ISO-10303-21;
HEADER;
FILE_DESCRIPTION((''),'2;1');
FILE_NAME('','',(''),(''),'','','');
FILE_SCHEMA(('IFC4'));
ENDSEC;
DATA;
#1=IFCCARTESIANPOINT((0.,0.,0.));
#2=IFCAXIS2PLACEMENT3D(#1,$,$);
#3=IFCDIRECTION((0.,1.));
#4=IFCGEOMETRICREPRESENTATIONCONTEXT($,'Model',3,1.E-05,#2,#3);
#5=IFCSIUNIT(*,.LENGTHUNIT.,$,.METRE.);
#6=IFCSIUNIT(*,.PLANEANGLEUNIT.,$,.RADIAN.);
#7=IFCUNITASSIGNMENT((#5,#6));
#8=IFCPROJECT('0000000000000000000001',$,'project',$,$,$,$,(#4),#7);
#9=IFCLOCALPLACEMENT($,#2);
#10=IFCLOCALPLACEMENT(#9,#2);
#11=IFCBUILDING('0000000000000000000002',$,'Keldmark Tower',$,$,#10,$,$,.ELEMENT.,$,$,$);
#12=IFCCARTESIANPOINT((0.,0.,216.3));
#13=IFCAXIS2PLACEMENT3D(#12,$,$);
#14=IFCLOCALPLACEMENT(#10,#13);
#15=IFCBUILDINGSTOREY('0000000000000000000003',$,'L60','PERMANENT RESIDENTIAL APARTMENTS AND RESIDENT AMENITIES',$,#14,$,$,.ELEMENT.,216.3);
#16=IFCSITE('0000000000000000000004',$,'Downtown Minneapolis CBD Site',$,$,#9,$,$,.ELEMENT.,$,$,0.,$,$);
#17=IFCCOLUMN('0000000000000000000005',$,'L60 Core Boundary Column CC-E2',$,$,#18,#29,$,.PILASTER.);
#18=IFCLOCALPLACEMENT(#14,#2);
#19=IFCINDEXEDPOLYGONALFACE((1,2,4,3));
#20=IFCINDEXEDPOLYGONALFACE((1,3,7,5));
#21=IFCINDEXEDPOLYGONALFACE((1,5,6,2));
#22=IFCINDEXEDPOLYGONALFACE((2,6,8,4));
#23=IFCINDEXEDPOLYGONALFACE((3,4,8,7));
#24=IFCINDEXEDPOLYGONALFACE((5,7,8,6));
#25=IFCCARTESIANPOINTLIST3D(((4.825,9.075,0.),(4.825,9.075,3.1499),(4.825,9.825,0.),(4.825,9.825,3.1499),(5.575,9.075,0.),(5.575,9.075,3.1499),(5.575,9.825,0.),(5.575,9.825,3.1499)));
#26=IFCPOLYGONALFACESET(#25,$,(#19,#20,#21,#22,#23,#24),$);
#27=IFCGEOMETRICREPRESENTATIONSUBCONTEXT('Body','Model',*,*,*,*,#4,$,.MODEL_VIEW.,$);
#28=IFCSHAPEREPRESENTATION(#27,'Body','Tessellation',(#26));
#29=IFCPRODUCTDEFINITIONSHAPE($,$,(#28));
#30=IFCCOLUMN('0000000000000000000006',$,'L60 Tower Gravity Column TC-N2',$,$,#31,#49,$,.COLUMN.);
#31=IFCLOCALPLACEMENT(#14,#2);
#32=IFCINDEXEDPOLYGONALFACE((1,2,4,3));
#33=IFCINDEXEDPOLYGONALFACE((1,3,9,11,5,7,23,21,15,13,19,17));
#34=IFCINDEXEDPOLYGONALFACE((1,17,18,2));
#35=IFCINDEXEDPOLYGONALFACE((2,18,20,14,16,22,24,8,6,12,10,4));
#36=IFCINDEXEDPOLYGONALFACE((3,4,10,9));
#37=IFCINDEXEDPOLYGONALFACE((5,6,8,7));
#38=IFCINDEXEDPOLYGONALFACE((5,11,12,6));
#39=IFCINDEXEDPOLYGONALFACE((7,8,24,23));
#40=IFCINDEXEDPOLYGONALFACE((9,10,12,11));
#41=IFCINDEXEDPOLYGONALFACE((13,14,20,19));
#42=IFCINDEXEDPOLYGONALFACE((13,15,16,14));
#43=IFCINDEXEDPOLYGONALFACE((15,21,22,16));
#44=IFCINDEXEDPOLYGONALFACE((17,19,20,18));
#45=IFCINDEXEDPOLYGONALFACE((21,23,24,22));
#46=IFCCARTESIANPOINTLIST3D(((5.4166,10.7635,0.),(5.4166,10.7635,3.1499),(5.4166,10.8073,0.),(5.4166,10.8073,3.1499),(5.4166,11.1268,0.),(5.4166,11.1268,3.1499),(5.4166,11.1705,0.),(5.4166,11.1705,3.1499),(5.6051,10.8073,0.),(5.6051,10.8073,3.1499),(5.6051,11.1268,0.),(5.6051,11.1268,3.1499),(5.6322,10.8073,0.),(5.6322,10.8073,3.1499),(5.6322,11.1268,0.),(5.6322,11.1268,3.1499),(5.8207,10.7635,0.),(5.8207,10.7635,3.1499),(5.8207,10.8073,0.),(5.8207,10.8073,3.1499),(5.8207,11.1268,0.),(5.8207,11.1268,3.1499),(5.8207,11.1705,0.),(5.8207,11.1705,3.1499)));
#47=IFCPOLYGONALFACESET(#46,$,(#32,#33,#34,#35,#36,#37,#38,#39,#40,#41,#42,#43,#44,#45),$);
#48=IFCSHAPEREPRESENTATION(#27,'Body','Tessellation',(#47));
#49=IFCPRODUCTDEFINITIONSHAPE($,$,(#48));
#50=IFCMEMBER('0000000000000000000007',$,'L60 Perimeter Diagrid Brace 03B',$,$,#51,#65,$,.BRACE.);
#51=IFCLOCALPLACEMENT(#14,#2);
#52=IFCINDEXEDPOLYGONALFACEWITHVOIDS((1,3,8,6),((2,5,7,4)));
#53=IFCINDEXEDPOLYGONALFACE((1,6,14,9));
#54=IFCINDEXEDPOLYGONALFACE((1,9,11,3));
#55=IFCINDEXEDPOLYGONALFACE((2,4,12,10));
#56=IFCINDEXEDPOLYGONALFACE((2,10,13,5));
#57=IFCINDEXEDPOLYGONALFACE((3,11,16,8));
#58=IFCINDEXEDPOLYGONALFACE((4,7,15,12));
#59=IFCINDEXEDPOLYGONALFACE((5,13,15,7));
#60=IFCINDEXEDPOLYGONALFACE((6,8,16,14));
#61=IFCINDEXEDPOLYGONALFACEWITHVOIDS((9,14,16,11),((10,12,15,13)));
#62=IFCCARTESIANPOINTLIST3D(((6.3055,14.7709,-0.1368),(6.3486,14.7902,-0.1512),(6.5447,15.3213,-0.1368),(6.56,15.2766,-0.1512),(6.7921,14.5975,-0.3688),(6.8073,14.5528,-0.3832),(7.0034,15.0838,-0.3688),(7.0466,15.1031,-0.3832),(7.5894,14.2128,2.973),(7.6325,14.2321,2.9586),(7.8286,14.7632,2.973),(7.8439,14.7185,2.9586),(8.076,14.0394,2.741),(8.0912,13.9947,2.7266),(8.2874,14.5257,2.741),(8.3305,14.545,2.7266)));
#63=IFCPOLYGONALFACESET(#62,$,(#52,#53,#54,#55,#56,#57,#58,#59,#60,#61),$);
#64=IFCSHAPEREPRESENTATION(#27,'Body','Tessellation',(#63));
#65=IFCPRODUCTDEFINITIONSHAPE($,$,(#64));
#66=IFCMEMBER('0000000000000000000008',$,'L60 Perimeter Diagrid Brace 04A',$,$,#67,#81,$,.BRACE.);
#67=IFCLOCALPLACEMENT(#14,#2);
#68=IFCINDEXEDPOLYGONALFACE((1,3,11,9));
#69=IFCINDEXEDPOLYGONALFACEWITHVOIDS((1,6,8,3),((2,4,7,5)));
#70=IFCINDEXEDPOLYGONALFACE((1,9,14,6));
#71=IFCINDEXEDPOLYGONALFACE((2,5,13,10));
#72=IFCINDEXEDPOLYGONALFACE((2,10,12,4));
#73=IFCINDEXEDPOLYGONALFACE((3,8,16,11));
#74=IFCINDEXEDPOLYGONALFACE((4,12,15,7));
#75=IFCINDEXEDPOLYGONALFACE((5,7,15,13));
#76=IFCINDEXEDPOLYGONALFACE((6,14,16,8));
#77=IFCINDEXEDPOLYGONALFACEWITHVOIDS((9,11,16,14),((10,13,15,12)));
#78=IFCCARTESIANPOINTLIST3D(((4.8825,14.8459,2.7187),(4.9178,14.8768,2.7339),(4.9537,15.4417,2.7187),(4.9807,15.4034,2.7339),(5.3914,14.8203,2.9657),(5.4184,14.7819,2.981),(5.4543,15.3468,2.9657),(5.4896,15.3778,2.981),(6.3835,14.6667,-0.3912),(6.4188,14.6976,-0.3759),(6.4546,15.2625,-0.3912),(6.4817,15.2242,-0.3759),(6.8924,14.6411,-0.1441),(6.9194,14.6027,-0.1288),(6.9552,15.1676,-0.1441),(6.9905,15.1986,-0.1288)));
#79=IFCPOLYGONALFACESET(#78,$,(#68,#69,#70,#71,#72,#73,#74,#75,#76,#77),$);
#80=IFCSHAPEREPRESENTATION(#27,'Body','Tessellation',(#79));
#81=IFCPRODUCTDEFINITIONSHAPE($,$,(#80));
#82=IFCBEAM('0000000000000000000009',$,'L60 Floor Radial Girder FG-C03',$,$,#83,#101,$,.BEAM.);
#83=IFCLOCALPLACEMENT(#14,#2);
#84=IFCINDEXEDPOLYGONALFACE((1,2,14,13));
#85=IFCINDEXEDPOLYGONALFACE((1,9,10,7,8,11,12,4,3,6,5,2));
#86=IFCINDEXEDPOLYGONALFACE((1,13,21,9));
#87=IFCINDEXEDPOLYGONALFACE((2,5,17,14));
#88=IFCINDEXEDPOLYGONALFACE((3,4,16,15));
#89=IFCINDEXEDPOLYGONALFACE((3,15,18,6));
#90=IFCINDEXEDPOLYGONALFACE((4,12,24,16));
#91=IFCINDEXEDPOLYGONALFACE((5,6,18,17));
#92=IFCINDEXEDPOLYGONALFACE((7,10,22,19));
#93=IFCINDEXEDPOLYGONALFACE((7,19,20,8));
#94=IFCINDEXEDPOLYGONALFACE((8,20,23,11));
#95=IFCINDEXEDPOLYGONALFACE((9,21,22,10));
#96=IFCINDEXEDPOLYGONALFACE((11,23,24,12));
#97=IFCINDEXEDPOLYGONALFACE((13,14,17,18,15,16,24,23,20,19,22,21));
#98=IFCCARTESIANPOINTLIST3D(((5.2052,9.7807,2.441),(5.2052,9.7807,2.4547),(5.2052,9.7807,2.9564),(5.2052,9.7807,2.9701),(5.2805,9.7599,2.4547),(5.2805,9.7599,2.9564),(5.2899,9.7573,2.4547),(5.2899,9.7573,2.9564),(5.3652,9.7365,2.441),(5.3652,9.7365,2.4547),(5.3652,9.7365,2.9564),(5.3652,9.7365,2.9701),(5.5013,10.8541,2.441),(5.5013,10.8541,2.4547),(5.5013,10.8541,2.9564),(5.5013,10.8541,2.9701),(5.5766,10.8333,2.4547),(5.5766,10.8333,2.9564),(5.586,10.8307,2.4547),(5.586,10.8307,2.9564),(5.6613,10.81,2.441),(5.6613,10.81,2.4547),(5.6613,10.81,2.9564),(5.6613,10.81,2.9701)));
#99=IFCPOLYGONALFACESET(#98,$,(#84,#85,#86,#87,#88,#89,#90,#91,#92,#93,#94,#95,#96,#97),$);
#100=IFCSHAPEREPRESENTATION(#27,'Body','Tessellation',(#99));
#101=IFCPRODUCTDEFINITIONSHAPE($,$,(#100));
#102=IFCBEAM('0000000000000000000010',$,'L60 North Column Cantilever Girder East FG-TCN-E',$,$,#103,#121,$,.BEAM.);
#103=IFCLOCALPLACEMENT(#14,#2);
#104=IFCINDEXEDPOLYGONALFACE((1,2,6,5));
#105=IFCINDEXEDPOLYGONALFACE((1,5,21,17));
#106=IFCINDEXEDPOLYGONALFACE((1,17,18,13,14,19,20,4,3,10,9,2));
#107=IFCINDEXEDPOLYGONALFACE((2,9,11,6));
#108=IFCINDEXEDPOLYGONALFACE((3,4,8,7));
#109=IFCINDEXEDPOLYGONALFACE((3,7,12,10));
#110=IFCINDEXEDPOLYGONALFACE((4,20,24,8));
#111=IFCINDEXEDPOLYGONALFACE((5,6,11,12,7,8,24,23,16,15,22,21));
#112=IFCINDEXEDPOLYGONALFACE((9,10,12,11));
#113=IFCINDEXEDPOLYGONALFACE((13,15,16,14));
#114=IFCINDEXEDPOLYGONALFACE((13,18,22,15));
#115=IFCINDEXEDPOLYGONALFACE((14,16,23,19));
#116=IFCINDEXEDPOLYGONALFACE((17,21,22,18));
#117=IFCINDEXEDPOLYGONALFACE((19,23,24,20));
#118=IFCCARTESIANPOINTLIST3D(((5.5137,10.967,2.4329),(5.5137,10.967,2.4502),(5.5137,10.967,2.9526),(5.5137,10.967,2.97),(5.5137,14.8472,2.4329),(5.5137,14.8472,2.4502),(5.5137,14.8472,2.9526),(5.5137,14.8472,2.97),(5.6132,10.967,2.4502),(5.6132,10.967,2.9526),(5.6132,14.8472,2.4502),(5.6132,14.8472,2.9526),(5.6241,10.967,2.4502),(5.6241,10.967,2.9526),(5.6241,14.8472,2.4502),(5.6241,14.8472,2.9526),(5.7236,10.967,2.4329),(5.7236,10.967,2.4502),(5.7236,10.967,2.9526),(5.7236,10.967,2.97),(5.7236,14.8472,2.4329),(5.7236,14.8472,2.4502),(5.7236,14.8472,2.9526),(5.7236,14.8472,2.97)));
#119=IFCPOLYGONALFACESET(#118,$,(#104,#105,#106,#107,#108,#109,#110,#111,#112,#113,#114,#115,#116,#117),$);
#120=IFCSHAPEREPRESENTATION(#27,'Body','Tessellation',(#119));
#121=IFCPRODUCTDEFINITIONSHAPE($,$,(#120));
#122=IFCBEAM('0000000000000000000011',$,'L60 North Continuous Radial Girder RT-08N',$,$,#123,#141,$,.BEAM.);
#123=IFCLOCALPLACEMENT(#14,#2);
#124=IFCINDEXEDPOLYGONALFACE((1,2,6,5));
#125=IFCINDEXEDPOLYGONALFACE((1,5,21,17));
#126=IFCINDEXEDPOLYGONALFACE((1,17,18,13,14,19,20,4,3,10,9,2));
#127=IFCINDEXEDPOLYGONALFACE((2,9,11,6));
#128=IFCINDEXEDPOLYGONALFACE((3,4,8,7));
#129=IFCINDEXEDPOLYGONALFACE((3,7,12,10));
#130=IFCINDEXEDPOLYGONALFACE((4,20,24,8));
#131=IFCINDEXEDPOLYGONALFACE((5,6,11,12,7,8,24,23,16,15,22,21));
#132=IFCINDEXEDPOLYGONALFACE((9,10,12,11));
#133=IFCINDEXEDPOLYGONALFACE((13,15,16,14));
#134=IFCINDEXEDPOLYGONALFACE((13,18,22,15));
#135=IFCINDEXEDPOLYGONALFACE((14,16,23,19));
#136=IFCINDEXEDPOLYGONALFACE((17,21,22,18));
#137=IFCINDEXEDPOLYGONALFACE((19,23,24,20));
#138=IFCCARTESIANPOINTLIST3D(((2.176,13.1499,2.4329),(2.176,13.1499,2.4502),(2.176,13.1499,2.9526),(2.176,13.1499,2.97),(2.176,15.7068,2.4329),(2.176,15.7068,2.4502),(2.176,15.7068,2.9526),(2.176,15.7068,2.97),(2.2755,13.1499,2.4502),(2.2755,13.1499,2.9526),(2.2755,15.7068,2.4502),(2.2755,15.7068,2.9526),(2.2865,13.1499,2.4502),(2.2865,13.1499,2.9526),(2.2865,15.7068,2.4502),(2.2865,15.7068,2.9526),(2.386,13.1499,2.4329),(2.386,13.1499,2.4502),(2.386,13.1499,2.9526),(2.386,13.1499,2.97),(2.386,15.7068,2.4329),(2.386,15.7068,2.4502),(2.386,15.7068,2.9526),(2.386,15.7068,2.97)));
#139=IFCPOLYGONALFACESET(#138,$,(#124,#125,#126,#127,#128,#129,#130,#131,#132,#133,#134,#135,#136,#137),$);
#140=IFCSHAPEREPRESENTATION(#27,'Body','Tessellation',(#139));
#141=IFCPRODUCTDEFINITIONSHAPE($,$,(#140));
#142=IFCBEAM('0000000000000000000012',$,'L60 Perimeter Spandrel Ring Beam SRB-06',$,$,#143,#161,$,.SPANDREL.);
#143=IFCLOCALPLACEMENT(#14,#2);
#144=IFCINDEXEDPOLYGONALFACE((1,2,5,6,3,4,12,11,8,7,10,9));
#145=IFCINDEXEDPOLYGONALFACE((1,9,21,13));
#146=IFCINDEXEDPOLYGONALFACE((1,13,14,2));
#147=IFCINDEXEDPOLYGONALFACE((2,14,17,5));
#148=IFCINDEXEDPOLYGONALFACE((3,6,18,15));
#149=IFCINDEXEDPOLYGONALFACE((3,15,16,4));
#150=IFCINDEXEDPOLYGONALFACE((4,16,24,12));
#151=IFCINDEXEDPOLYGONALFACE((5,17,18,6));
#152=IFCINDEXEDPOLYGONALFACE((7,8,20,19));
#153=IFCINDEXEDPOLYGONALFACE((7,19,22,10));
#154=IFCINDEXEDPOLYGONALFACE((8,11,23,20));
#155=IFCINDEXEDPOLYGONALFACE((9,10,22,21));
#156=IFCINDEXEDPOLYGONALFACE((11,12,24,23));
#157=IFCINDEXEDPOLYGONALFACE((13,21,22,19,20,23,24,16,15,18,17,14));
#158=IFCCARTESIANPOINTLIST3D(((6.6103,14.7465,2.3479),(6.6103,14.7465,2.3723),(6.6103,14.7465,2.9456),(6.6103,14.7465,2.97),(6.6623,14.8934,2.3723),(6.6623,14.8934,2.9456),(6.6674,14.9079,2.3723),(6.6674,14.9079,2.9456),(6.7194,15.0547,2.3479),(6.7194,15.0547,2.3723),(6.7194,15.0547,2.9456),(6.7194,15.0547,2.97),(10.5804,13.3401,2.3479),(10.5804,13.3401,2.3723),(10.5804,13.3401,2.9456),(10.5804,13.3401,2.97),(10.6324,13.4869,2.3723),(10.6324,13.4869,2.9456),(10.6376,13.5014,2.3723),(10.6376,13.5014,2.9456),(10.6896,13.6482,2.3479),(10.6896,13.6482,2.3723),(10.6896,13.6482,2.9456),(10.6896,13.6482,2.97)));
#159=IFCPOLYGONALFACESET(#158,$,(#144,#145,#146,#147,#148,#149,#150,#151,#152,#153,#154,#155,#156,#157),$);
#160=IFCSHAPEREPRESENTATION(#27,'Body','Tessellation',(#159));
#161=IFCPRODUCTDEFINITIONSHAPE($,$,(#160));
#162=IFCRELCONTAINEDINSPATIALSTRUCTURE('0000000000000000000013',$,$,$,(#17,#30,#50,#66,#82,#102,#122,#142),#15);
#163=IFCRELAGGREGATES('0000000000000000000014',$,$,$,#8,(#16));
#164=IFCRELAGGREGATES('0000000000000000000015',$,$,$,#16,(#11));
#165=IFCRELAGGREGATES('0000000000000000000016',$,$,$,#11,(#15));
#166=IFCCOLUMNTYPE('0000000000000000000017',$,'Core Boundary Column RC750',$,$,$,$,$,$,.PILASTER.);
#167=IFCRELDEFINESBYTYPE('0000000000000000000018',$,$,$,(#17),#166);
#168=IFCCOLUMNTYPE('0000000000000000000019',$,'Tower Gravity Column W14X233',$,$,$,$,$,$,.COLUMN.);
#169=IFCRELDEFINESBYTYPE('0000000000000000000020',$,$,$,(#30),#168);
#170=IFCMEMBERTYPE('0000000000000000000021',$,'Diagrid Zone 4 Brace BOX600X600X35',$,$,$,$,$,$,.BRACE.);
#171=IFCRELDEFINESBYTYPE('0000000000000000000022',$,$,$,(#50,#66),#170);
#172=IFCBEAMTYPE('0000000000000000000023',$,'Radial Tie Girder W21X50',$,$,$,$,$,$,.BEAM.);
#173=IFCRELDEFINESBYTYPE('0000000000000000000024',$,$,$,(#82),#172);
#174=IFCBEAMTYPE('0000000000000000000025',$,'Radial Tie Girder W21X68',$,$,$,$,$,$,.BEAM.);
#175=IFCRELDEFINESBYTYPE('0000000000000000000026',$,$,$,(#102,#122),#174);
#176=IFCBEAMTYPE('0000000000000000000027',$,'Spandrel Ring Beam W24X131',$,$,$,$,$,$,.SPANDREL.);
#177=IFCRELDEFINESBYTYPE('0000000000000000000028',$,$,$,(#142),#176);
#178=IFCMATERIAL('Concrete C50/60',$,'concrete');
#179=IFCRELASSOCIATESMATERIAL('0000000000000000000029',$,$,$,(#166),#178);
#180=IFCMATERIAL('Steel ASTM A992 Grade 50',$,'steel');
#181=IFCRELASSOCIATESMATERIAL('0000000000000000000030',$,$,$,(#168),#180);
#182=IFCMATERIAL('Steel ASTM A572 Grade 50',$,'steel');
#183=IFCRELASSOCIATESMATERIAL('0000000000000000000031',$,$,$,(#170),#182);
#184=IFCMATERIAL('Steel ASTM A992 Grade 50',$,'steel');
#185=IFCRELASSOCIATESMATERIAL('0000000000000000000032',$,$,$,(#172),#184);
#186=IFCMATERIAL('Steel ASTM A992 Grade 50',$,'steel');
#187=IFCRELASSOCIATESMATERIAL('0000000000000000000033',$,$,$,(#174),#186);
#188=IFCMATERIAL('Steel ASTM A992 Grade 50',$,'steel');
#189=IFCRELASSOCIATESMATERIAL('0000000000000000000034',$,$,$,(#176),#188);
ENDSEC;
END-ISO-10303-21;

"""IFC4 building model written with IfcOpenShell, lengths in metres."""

from ifc_helpers import new_model, si_unit, direction, frame, origin, origin_2d, place, context, subcontext, project, spatial, rectangle, hollow_rectangle, i_section, extrude, material, material_profile, profile_set, type_object, element, save


model = new_model("IFC4")

# Units and contexts
model_context = context("Model", 3, precision=1e-05, world=origin(), true_north=direction((0.0, 1.0)))
body_context = subcontext(model_context, "Body", "Model", "MODEL_VIEW")
ifc_project = project(units=[si_unit("LENGTHUNIT", "METRE"), si_unit("PLANEANGLEUNIT", "RADIAN")], contexts=[model_context])

# Site, building, storey
site_placement = place(None, origin())
site = spatial("IfcSite", under=ifc_project, at=site_placement, Name="Downtown Minneapolis CBD Site", CompositionType="ELEMENT", RefElevation=0.0)
building_placement = place(site_placement, origin())
building = spatial("IfcBuilding", under=site, at=building_placement, Name="Keldmark Tower", CompositionType="ELEMENT")
storey_placement = place(building_placement, frame((0.0, 0.0, 216.3)))
storey = spatial("IfcBuildingStorey", under=building, at=storey_placement, Name="L60", Description="PERMANENT RESIDENTIAL APARTMENTS AND RESIDENT AMENITIES", CompositionType="ELEMENT", Elevation=216.3)

# Columns
ifc_material_1 = material(Name="Concrete C50/60", Category="concrete")
ifc_material_profile_1 = material_profile(ifc_material_1, rectangle(XDim=0.75, YDim=0.75, at=origin_2d()), Name="RC750X750")
ifc_profile_set_1 = profile_set([ifc_material_profile_1], Name="Concrete C50/60")
column_type_1 = type_object("IfcColumnType", Name="Core Boundary Column RC750", PredefinedType="PILASTER", material=ifc_profile_set_1)
column_1_placement = place(storey_placement, frame((5.2, 9.45, 0.0), z_axis=(0.0, 0.0, 1.0), x_axis=(1.0, 0.0, 0.0)))
element("IfcColumn", 1, at=column_1_placement, inside=storey, type_object=column_type_1, Name="L60 Core Boundary Column CC-E2", PredefinedType="PILASTER", context=body_context, shape_type="SweptSolid", body=[
    extrude(rectangle(XDim=0.75, YDim=0.75, at=origin_2d()), origin(), (0.0, 0.0, 1.0), 3.1499),
])
ifc_material_2 = material(Name="Steel ASTM A992 Grade 50", Category="steel")
ifc_material_profile_2 = material_profile(ifc_material_2, i_section(OverallWidth=0.4041, OverallDepth=0.407, WebThickness=0.0271, FlangeThickness=0.0437, at=origin_2d()), Name="W14X233")
ifc_profile_set_2 = profile_set([ifc_material_profile_2], Name="Steel ASTM A992 Grade 50")
column_type_2 = type_object("IfcColumnType", Name="Tower Gravity Column W14X233", PredefinedType="COLUMN", material=ifc_profile_set_2)
column_2_placement = place(storey_placement, frame((5.6187, 10.967, 0.0), z_axis=(0.0, 0.0, 1.0), x_axis=(1.0, 0.0, 0.0)))
element("IfcColumn", 2, at=column_2_placement, inside=storey, type_object=column_type_2, Name="L60 Tower Gravity Column TC-N2", PredefinedType="COLUMN", context=body_context, shape_type="SweptSolid", body=[
    extrude(i_section(OverallWidth=0.4041, OverallDepth=0.407, WebThickness=0.0271, FlangeThickness=0.0437, at=origin_2d()), origin(), (0.0, 0.0, 1.0), 3.1499),
])

# Members
ifc_material_3 = material(Name="Steel ASTM A572 Grade 50", Category="steel")
ifc_material_profile_3 = material_profile(ifc_material_3, hollow_rectangle(XDim=0.6001, YDim=0.6001, WallThickness=0.0349, at=origin_2d()), Name="BOX600X600X35")
ifc_profile_set_3 = profile_set([ifc_material_profile_3], Name="Steel ASTM A572 Grade 50")
member_type = type_object("IfcMemberType", Name="Diagrid Zone 4 Brace BOX600X600X35", PredefinedType="BRACE", material=ifc_profile_set_3)
member_1_placement = place(storey_placement, frame((6.676, 14.937, -0.26), z_axis=(0.37647, -0.163645, 0.911861), x_axis=(0.39865, 0.917103, 0.0)))
element("IfcMember", 3, at=member_1_placement, inside=storey, type_object=member_type, Name="L60 Perimeter Diagrid Brace 03B", PredefinedType="BRACE", context=body_context, shape_type="SweptSolid", body=[
    extrude(hollow_rectangle(XDim=0.6001, YDim=0.6001, WallThickness=0.0349, at=origin_2d()), origin(), (0.0, 0.0, 1.0), 3.4104),
])
member_2_placement = place(storey_placement, frame((6.687, 14.9326, -0.26), z_axis=(-0.434086, 0.051825, 0.89938), x_axis=(-0.118547, -0.992948, 0.0)))
element("IfcMember", 4, at=member_2_placement, inside=storey, type_object=member_type, Name="L60 Perimeter Diagrid Brace 04A", PredefinedType="BRACE", context=body_context, shape_type="SweptSolid", body=[
    extrude(hollow_rectangle(XDim=0.6001, YDim=0.6001, WallThickness=0.0349, at=origin_2d()), origin(), (0.0, 0.0, 1.0), 3.4578),
])

# Beams
ifc_material_4 = material(Name="Steel ASTM A992 Grade 50", Category="steel")
ifc_material_profile_4 = material_profile(ifc_material_4, i_section(OverallWidth=0.166, OverallDepth=0.5291, WebThickness=0.0098, FlangeThickness=0.0137, at=origin_2d()), Name="W21X50")
ifc_profile_set_4 = profile_set([ifc_material_profile_4], Name="Steel ASTM A992 Grade 50")
beam_type_1 = type_object("IfcBeamType", Name="Radial Tie Girder W21X50", PredefinedType="BEAM", material=ifc_profile_set_4)
beam_1_placement = place(storey_placement, frame((5.5813, 10.832, 2.7056), z_axis=(-0.265936, -0.963991, 0.0), x_axis=(0.963991, -0.265936, 0.0)))
element("IfcBeam", 5, at=beam_1_placement, inside=storey, type_object=beam_type_1, Name="L60 Floor Radial Girder FG-C03", PredefinedType="BEAM", context=body_context, shape_type="SweptSolid", body=[
    extrude(i_section(OverallWidth=0.166, OverallDepth=0.5291, WebThickness=0.0098, FlangeThickness=0.0137, at=origin_2d()), origin(), (0.0, 0.0, 1.0), 1.1135),
])
ifc_material_5 = material(Name="Steel ASTM A992 Grade 50", Category="steel")
ifc_material_profile_5 = material_profile(ifc_material_5, i_section(OverallWidth=0.21, OverallDepth=0.5371, WebThickness=0.011, FlangeThickness=0.0173, at=origin_2d()), Name="W21X68")
ifc_profile_set_5 = profile_set([ifc_material_profile_5], Name="Steel ASTM A992 Grade 50")
beam_type_2 = type_object("IfcBeamType", Name="Radial Tie Girder W21X68", PredefinedType="BEAM", material=ifc_profile_set_5)
beam_2_placement = place(storey_placement, frame((5.6187, 10.967, 2.7014), z_axis=(0.0, 1.0, 0.0), x_axis=(-1.0, 0.0, 0.0)))
element("IfcBeam", 6, at=beam_2_placement, inside=storey, type_object=beam_type_2, Name="L60 North Column Cantilever Girder East FG-TCN-E", PredefinedType="BEAM", context=body_context, shape_type="SweptSolid", body=[
    extrude(i_section(OverallWidth=0.21, OverallDepth=0.5371, WebThickness=0.011, FlangeThickness=0.0173, at=origin_2d()), origin(), (0.0, 0.0, 1.0), 3.8801),
])
beam_3_placement = place(storey_placement, frame((2.281, 13.1499, 2.7014), z_axis=(0.0, 1.0, 0.0), x_axis=(-1.0, 0.0, 0.0)))
element("IfcBeam", 7, at=beam_3_placement, inside=storey, type_object=beam_type_2, Name="L60 North Continuous Radial Girder RT-08N", PredefinedType="BEAM", context=body_context, shape_type="SweptSolid", body=[
    extrude(i_section(OverallWidth=0.21, OverallDepth=0.5371, WebThickness=0.011, FlangeThickness=0.0173, at=origin_2d()), origin(), (0.0, 0.0, 1.0), 2.5569),
])
ifc_material_6 = material(Name="Steel ASTM A992 Grade 50", Category="steel")
ifc_material_profile_6 = material_profile(ifc_material_6, i_section(OverallWidth=0.3269, OverallDepth=0.6221, WebThickness=0.0154, FlangeThickness=0.0244, at=origin_2d()), Name="W24X131")
ifc_profile_set_6 = profile_set([ifc_material_profile_6], Name="Steel ASTM A992 Grade 50")
beam_type_3 = type_object("IfcBeamType", Name="Spandrel Ring Beam W24X131", PredefinedType="SPANDREL", material=ifc_profile_set_6)
beam_4_placement = place(storey_placement, frame((10.635, 13.4941, 2.6589), z_axis=(-0.942599, 0.333927, 0.0), x_axis=(-0.333927, -0.942599, 0.0)))
element("IfcBeam", 8, at=beam_4_placement, inside=storey, type_object=beam_type_3, Name="L60 Perimeter Spandrel Ring Beam SRB-06", PredefinedType="SPANDREL", context=body_context, shape_type="SweptSolid", body=[
    extrude(i_section(OverallWidth=0.3269, OverallDepth=0.6221, WebThickness=0.0154, FlangeThickness=0.0244, at=origin_2d()), origin(), (0.0, 0.0, 1.0), 4.2119),
])

save(model, "model.ifc")
